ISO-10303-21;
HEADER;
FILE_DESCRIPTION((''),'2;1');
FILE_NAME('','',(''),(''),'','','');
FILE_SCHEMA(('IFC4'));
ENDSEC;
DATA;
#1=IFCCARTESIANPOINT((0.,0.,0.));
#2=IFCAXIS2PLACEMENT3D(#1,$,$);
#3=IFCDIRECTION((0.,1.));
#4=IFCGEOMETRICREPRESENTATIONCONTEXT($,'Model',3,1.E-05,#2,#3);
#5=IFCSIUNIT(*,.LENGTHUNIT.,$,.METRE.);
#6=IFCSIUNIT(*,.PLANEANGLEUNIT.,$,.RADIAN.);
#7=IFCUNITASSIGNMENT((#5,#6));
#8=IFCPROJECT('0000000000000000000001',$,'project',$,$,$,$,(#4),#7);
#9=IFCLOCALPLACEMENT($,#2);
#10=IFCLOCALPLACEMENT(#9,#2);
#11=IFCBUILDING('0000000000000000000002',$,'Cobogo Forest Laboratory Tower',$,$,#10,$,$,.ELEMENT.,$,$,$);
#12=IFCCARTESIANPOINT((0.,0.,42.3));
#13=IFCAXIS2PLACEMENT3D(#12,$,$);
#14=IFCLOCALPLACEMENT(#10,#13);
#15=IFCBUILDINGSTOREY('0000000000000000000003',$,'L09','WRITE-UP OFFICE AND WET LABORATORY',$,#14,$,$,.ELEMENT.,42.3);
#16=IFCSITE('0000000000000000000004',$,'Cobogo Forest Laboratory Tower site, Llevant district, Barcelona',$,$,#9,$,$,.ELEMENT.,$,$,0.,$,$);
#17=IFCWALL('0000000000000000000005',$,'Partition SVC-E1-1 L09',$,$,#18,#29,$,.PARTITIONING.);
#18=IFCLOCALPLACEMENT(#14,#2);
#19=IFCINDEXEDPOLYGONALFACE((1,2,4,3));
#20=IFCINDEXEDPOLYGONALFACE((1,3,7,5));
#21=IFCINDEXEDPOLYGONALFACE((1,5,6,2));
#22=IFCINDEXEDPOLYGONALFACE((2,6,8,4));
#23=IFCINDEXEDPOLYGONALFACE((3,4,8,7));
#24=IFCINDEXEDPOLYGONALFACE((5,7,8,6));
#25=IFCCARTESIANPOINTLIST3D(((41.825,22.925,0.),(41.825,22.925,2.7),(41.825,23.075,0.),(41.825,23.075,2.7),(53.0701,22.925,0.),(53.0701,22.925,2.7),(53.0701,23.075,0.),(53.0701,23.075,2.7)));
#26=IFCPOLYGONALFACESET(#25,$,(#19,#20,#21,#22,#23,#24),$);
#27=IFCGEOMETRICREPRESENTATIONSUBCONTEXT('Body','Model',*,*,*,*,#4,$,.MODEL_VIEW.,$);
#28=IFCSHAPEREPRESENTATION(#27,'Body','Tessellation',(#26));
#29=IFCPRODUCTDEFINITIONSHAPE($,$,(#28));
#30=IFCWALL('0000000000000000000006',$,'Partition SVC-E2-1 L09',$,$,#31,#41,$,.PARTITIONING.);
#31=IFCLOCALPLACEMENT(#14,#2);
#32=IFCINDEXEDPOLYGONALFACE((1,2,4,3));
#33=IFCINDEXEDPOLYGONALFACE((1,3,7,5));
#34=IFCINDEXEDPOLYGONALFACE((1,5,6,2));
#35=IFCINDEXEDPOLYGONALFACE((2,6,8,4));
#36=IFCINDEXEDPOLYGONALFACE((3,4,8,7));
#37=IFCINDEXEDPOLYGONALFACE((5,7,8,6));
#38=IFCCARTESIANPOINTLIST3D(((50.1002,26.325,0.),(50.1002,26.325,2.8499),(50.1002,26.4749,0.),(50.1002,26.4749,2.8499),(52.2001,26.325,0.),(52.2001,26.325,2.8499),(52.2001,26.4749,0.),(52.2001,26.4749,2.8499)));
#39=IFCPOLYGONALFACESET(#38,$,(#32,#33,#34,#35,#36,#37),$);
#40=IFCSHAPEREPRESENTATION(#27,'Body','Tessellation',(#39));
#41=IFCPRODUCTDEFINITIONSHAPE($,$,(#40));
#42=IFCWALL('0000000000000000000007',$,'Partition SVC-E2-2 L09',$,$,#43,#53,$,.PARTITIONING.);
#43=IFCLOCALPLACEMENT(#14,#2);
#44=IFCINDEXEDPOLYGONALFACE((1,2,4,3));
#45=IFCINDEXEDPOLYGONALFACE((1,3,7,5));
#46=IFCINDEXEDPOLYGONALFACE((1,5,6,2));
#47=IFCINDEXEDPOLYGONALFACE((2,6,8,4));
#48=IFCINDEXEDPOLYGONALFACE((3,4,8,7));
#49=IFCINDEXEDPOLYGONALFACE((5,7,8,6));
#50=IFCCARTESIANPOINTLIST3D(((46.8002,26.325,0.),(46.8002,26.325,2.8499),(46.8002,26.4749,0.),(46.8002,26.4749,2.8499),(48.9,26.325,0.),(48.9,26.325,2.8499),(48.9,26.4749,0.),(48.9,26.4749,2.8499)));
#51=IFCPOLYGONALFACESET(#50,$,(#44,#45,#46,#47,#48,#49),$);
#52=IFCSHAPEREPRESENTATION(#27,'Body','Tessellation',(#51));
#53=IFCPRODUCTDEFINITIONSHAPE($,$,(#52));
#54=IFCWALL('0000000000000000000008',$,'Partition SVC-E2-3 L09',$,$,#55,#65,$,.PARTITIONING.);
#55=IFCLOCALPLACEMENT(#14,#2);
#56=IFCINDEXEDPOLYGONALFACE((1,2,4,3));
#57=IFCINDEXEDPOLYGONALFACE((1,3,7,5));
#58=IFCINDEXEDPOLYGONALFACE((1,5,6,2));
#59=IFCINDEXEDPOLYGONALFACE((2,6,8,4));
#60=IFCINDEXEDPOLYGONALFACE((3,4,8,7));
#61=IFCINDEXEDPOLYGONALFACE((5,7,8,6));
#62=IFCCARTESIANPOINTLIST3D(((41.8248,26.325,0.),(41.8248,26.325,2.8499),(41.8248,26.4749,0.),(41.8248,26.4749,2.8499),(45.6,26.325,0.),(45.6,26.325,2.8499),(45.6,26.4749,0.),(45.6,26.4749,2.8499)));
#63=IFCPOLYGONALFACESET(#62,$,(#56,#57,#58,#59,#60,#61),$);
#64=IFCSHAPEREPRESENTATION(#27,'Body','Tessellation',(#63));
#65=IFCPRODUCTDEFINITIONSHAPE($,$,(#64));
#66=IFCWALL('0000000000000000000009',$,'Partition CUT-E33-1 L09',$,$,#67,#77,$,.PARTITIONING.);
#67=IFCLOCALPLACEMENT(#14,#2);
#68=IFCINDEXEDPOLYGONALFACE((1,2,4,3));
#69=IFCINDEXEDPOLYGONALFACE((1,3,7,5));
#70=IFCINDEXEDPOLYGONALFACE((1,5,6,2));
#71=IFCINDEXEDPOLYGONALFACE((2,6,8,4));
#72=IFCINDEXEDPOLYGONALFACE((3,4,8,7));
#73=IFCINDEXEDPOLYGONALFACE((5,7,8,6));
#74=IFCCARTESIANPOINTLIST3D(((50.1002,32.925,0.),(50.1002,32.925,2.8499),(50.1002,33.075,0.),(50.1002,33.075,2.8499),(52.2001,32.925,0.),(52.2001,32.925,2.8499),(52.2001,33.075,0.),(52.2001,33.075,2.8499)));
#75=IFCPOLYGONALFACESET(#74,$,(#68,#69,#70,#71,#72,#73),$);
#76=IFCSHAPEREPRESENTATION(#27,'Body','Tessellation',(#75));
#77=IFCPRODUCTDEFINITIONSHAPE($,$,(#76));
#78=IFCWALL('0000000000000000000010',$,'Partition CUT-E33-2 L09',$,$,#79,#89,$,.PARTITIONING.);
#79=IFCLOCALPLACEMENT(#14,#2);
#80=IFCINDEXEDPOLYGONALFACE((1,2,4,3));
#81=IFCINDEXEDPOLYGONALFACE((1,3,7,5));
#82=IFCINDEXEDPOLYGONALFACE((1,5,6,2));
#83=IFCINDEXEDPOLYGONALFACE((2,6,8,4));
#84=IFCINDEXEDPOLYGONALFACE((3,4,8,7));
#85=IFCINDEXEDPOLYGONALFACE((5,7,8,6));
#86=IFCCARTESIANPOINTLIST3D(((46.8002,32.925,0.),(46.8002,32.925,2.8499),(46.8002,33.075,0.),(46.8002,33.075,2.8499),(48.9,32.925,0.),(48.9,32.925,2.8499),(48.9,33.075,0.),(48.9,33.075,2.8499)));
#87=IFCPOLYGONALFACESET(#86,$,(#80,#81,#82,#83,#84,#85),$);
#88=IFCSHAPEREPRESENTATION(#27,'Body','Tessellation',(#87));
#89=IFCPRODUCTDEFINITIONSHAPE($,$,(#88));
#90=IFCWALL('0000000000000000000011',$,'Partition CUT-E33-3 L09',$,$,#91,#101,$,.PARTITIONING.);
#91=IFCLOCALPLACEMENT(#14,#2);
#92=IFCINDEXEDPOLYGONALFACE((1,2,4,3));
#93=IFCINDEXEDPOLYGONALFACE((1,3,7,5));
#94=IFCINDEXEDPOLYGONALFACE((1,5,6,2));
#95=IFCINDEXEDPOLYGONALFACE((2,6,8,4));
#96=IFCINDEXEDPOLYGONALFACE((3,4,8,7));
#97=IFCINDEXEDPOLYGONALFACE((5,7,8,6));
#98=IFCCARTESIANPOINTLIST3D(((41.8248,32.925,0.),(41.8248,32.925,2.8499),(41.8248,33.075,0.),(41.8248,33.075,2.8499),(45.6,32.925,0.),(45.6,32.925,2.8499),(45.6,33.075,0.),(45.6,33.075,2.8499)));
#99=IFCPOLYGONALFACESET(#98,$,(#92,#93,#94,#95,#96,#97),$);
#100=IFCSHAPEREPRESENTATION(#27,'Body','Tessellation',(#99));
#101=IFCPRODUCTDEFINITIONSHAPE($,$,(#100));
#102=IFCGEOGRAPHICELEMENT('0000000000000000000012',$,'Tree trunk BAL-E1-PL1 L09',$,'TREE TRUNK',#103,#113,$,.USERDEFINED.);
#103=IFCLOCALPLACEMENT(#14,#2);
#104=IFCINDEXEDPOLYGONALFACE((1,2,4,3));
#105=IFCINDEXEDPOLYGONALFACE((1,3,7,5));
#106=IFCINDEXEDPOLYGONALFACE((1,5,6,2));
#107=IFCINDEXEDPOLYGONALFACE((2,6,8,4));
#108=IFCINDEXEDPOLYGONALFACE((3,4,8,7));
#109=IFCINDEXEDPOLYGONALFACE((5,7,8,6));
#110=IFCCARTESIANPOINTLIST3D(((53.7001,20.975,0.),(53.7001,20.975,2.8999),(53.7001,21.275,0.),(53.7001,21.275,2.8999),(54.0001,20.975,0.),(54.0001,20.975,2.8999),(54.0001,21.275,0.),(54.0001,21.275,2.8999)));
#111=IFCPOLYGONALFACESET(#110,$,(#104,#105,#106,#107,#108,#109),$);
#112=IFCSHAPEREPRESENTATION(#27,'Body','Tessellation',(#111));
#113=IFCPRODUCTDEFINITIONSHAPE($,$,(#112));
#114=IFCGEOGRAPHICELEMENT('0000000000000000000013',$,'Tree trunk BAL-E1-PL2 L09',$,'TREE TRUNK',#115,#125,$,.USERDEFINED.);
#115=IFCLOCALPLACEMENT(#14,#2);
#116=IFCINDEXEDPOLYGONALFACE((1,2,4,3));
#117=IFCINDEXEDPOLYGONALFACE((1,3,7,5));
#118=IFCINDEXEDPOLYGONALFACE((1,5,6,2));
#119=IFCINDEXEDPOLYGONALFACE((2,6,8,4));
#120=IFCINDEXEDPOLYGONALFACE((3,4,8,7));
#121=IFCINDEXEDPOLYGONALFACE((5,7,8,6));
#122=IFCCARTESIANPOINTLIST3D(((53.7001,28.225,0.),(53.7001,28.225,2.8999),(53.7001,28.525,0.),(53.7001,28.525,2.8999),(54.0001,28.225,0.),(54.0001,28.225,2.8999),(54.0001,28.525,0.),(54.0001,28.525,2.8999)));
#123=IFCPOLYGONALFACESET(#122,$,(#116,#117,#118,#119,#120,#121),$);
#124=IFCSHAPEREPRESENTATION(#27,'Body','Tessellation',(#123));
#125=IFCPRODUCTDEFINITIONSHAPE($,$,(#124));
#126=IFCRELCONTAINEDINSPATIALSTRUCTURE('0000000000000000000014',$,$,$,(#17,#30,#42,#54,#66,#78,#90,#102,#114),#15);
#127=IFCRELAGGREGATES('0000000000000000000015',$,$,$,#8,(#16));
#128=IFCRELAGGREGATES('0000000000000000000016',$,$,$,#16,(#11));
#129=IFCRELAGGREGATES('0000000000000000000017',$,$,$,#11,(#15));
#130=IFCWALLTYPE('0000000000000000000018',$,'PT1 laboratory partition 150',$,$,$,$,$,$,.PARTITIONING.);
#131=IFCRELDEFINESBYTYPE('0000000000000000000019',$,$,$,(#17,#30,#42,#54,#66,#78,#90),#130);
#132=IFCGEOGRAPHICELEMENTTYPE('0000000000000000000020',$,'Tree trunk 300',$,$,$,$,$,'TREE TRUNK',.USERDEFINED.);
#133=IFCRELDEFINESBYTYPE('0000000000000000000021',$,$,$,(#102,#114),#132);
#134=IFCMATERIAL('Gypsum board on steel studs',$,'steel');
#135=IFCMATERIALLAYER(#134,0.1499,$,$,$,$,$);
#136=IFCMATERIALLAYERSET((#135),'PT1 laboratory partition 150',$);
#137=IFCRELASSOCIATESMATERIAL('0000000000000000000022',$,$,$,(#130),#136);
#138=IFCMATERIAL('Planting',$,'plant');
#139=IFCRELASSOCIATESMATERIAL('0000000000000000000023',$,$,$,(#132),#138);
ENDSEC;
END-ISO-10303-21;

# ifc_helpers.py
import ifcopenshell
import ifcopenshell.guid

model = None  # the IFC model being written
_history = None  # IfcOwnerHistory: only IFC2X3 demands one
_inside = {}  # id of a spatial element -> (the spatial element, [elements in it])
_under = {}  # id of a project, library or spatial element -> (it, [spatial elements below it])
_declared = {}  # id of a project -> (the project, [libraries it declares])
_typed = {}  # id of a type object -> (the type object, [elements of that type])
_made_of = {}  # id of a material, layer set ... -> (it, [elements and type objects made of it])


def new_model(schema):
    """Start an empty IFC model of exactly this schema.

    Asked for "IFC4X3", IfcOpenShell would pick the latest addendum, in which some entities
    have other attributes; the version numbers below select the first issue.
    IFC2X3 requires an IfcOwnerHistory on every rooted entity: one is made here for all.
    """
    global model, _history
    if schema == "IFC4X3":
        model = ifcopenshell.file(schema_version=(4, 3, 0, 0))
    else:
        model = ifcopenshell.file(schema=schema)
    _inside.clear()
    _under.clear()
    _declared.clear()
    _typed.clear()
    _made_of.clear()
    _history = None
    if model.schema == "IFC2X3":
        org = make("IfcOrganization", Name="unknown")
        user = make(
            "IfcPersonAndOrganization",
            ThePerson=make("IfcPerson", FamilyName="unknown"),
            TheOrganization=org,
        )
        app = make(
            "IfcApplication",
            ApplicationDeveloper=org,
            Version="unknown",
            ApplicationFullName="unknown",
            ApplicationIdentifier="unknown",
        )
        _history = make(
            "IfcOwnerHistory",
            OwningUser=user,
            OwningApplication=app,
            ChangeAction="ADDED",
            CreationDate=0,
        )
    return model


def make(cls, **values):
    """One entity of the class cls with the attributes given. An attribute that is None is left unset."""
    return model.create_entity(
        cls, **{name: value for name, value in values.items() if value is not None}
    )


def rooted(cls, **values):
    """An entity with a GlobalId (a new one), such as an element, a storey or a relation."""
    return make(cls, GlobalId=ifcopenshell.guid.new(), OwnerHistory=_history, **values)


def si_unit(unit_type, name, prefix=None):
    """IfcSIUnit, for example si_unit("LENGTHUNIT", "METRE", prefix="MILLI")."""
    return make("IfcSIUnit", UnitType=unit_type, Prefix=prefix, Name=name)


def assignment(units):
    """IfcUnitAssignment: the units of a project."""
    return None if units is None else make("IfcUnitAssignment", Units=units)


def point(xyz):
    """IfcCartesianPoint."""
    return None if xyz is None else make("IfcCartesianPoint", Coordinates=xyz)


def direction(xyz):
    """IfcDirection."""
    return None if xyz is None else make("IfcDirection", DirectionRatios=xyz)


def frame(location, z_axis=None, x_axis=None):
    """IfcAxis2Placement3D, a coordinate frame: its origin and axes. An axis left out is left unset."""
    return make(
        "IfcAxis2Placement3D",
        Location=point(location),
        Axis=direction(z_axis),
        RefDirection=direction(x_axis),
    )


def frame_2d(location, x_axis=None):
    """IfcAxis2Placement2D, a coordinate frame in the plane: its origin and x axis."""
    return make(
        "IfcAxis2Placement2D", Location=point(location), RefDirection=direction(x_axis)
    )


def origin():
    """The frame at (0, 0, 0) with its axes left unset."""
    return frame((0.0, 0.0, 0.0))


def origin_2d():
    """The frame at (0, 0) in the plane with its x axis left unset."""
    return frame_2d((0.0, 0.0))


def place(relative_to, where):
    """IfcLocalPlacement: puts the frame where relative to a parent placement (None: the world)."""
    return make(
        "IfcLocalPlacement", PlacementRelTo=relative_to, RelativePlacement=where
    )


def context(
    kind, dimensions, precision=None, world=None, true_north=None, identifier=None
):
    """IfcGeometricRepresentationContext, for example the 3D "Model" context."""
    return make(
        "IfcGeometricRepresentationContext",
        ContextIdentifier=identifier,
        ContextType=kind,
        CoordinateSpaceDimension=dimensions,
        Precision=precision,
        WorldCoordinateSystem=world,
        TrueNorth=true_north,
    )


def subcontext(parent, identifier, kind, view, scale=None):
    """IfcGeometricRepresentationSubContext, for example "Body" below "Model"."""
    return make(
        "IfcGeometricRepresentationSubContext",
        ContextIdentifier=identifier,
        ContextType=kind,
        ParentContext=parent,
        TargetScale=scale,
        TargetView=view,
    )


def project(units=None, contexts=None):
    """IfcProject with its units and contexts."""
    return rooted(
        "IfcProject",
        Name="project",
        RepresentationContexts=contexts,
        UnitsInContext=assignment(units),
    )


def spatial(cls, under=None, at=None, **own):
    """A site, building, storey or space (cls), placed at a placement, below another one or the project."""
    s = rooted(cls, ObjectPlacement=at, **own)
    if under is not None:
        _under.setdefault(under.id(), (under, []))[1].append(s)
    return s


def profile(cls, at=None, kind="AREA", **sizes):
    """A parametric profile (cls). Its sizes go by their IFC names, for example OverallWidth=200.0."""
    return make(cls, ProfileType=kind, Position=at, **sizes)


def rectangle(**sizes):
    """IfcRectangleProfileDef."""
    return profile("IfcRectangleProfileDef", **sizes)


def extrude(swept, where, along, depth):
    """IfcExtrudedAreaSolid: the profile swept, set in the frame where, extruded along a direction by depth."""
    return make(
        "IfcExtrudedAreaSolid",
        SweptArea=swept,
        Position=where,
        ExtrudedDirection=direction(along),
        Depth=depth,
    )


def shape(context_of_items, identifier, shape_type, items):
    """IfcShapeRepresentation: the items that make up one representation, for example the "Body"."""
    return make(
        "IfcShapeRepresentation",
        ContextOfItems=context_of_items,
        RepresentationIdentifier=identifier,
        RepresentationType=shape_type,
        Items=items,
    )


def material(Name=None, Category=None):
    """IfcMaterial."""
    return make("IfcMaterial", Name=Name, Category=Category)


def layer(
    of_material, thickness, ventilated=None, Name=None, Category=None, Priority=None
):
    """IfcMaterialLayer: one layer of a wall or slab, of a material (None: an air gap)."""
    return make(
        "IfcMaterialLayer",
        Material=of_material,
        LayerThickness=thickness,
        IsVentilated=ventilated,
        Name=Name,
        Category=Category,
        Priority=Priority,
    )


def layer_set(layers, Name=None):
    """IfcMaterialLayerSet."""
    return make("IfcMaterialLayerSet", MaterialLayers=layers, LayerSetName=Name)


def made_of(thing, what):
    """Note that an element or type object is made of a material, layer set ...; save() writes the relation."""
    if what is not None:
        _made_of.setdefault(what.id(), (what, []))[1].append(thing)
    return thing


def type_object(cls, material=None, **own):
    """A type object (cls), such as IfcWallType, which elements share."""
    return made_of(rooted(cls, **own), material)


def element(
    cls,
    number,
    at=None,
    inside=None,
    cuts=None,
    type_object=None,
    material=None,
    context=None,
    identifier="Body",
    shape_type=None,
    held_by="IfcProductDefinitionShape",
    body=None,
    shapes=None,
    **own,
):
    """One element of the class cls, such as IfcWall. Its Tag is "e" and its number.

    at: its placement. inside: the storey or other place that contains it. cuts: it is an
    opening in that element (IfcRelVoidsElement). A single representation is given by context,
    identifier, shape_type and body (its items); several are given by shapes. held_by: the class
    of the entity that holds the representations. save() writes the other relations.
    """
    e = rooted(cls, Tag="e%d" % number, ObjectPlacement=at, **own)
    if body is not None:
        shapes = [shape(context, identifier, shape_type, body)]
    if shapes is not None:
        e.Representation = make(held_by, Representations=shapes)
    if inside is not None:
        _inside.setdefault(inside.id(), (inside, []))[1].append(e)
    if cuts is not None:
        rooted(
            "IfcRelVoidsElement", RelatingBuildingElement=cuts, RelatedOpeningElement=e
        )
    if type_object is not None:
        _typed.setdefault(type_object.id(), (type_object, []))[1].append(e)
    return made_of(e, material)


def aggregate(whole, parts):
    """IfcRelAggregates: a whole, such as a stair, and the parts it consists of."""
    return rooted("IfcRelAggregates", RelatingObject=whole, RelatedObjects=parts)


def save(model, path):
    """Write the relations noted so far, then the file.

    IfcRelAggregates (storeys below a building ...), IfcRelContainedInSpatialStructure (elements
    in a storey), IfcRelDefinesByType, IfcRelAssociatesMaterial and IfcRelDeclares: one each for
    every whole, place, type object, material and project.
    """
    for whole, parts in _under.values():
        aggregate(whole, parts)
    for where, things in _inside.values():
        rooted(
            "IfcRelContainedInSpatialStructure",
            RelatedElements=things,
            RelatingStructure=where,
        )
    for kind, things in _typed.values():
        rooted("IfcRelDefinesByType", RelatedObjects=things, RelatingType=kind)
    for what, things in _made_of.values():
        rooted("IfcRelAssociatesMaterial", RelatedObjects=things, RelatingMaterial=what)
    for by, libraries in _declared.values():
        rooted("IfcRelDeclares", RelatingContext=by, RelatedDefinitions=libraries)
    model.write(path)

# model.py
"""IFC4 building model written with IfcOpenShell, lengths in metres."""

from ifc_helpers import new_model, si_unit, direction, frame, frame_2d, origin, origin_2d, place, context, subcontext, project, spatial, rectangle, extrude, material, layer, layer_set, type_object, element, save


model = new_model("IFC4")

# Units and contexts
model_context = context("Model", 3, precision=1e-05, world=origin(), true_north=direction((0.0, 1.0)))
body_context = subcontext(model_context, "Body", "Model", "MODEL_VIEW")
ifc_project = project(units=[si_unit("LENGTHUNIT", "METRE"), si_unit("PLANEANGLEUNIT", "RADIAN")], contexts=[model_context])

# Site, building, storey
site_placement = place(None, origin())
site = spatial("IfcSite", under=ifc_project, at=site_placement, Name="Cobogo Forest Laboratory Tower site, Llevant district, Barcelona", CompositionType="ELEMENT", RefElevation=0.0)
building_placement = place(site_placement, origin())
building = spatial("IfcBuilding", under=site, at=building_placement, Name="Cobogo Forest Laboratory Tower", CompositionType="ELEMENT")
storey_placement = place(building_placement, frame((0.0, 0.0, 42.3)))
storey = spatial("IfcBuildingStorey", under=building, at=storey_placement, Name="L09", Description="WRITE-UP OFFICE AND WET LABORATORY", CompositionType="ELEMENT", Elevation=42.3)

# Shared definitions
ifc_material_1 = material(Name="Gypsum board on steel studs", Category="steel")
ifc_layer_1 = layer(ifc_material_1, 0.1499)
ifc_layer_set_1 = layer_set([ifc_layer_1], Name="PT1 laboratory partition 150")
wall_type = type_object("IfcWallType", Name="PT1 laboratory partition 150", PredefinedType="PARTITIONING", material=ifc_layer_set_1)

# Walls
wall_1_placement = place(storey_placement, frame((53.0701, 23.0, 0.0), z_axis=(0.0, 0.0, 1.0), x_axis=(-1.0, 0.0, 0.0)))
element("IfcWall", 1, at=wall_1_placement, inside=storey, type_object=wall_type, Name="Partition SVC-E1-1 L09", PredefinedType="PARTITIONING", context=body_context, shape_type="SweptSolid", body=[
    extrude(rectangle(XDim=11.2451, YDim=0.1499, at=frame_2d((5.6226, 0.0))), origin(), (0.0, 0.0, 1.0), 2.7),
])
for number, where, z_axis, x_axis, name in (
    (2, (52.2, 26.3999, 0.0), (0.0, 0.0, 1.0), (-1.0, 0.0, 0.0), "Partition SVC-E2-1 L09"),
    (3, (48.8999, 26.3999, 0.0), (0.0, 0.0, 1.0), (-1.0, 0.0, 0.0), "Partition SVC-E2-2 L09"),
):
    element("IfcWall", number, at=place(storey_placement, frame(where, z_axis=z_axis, x_axis=x_axis)), inside=storey, type_object=wall_type, Name=name, PredefinedType="PARTITIONING", context=body_context, shape_type="SweptSolid", body=[
        extrude(rectangle(XDim=2.0999, YDim=0.1499, at=frame_2d((1.0498, 0.0))), origin(), (0.0, 0.0, 1.0), 2.8499),
    ])
wall_2_placement = place(storey_placement, frame((45.6001, 26.3999, 0.0), z_axis=(0.0, 0.0, 1.0), x_axis=(-1.0, 0.0, 0.0)))
element("IfcWall", 4, at=wall_2_placement, inside=storey, type_object=wall_type, Name="Partition SVC-E2-3 L09", PredefinedType="PARTITIONING", context=body_context, shape_type="SweptSolid", body=[
    extrude(rectangle(XDim=3.7751, YDim=0.1499, at=frame_2d((1.8877, 0.0))), origin(), (0.0, 0.0, 1.0), 2.8499),
])
for number, where, z_axis, x_axis, name in (
    (5, (52.2, 33.0, 0.0), (0.0, 0.0, 1.0), (-1.0, 0.0, 0.0), "Partition CUT-E33-1 L09"),
    (6, (48.8999, 33.0, 0.0), (0.0, 0.0, 1.0), (-1.0, 0.0, 0.0), "Partition CUT-E33-2 L09"),
):
    element("IfcWall", number, at=place(storey_placement, frame(where, z_axis=z_axis, x_axis=x_axis)), inside=storey, type_object=wall_type, Name=name, PredefinedType="PARTITIONING", context=body_context, shape_type="SweptSolid", body=[
        extrude(rectangle(XDim=2.0999, YDim=0.1499, at=frame_2d((1.0498, 0.0))), origin(), (0.0, 0.0, 1.0), 2.8499),
    ])
wall_3_placement = place(storey_placement, frame((45.6001, 33.0, 0.0), z_axis=(0.0, 0.0, 1.0), x_axis=(-1.0, 0.0, 0.0)))
element("IfcWall", 7, at=wall_3_placement, inside=storey, type_object=wall_type, Name="Partition CUT-E33-3 L09", PredefinedType="PARTITIONING", context=body_context, shape_type="SweptSolid", body=[
    extrude(rectangle(XDim=3.7751, YDim=0.1499, at=frame_2d((1.8877, 0.0))), origin(), (0.0, 0.0, 1.0), 2.8499),
])

# Geographic elements
ifc_material_2 = material(Name="Planting", Category="plant")
geographic_element_type = type_object("IfcGeographicElementType", Name="Tree trunk 300", ElementType="TREE TRUNK", PredefinedType="USERDEFINED", material=ifc_material_2)
for number, where, z_axis, x_axis, name in (
    (8, (53.8501, 21.125, 0.0), (0.0, 0.0, 1.0), (1.0, 0.0, 0.0), "Tree trunk BAL-E1-PL1 L09"),
    (9, (53.8501, 28.375, 0.0), (0.0, 0.0, 1.0), (1.0, 0.0, 0.0), "Tree trunk BAL-E1-PL2 L09"),
):
    element("IfcGeographicElement", number, at=place(storey_placement, frame(where, z_axis=z_axis, x_axis=x_axis)), inside=storey, type_object=geographic_element_type, Name=name, ObjectType="TREE TRUNK", PredefinedType="USERDEFINED", context=body_context, shape_type="SweptSolid", body=[
        extrude(rectangle(XDim=0.3, YDim=0.3, at=origin_2d()), origin(), (0.0, 0.0, 1.0), 2.8999),
    ])

save(model, "model.ifc")
